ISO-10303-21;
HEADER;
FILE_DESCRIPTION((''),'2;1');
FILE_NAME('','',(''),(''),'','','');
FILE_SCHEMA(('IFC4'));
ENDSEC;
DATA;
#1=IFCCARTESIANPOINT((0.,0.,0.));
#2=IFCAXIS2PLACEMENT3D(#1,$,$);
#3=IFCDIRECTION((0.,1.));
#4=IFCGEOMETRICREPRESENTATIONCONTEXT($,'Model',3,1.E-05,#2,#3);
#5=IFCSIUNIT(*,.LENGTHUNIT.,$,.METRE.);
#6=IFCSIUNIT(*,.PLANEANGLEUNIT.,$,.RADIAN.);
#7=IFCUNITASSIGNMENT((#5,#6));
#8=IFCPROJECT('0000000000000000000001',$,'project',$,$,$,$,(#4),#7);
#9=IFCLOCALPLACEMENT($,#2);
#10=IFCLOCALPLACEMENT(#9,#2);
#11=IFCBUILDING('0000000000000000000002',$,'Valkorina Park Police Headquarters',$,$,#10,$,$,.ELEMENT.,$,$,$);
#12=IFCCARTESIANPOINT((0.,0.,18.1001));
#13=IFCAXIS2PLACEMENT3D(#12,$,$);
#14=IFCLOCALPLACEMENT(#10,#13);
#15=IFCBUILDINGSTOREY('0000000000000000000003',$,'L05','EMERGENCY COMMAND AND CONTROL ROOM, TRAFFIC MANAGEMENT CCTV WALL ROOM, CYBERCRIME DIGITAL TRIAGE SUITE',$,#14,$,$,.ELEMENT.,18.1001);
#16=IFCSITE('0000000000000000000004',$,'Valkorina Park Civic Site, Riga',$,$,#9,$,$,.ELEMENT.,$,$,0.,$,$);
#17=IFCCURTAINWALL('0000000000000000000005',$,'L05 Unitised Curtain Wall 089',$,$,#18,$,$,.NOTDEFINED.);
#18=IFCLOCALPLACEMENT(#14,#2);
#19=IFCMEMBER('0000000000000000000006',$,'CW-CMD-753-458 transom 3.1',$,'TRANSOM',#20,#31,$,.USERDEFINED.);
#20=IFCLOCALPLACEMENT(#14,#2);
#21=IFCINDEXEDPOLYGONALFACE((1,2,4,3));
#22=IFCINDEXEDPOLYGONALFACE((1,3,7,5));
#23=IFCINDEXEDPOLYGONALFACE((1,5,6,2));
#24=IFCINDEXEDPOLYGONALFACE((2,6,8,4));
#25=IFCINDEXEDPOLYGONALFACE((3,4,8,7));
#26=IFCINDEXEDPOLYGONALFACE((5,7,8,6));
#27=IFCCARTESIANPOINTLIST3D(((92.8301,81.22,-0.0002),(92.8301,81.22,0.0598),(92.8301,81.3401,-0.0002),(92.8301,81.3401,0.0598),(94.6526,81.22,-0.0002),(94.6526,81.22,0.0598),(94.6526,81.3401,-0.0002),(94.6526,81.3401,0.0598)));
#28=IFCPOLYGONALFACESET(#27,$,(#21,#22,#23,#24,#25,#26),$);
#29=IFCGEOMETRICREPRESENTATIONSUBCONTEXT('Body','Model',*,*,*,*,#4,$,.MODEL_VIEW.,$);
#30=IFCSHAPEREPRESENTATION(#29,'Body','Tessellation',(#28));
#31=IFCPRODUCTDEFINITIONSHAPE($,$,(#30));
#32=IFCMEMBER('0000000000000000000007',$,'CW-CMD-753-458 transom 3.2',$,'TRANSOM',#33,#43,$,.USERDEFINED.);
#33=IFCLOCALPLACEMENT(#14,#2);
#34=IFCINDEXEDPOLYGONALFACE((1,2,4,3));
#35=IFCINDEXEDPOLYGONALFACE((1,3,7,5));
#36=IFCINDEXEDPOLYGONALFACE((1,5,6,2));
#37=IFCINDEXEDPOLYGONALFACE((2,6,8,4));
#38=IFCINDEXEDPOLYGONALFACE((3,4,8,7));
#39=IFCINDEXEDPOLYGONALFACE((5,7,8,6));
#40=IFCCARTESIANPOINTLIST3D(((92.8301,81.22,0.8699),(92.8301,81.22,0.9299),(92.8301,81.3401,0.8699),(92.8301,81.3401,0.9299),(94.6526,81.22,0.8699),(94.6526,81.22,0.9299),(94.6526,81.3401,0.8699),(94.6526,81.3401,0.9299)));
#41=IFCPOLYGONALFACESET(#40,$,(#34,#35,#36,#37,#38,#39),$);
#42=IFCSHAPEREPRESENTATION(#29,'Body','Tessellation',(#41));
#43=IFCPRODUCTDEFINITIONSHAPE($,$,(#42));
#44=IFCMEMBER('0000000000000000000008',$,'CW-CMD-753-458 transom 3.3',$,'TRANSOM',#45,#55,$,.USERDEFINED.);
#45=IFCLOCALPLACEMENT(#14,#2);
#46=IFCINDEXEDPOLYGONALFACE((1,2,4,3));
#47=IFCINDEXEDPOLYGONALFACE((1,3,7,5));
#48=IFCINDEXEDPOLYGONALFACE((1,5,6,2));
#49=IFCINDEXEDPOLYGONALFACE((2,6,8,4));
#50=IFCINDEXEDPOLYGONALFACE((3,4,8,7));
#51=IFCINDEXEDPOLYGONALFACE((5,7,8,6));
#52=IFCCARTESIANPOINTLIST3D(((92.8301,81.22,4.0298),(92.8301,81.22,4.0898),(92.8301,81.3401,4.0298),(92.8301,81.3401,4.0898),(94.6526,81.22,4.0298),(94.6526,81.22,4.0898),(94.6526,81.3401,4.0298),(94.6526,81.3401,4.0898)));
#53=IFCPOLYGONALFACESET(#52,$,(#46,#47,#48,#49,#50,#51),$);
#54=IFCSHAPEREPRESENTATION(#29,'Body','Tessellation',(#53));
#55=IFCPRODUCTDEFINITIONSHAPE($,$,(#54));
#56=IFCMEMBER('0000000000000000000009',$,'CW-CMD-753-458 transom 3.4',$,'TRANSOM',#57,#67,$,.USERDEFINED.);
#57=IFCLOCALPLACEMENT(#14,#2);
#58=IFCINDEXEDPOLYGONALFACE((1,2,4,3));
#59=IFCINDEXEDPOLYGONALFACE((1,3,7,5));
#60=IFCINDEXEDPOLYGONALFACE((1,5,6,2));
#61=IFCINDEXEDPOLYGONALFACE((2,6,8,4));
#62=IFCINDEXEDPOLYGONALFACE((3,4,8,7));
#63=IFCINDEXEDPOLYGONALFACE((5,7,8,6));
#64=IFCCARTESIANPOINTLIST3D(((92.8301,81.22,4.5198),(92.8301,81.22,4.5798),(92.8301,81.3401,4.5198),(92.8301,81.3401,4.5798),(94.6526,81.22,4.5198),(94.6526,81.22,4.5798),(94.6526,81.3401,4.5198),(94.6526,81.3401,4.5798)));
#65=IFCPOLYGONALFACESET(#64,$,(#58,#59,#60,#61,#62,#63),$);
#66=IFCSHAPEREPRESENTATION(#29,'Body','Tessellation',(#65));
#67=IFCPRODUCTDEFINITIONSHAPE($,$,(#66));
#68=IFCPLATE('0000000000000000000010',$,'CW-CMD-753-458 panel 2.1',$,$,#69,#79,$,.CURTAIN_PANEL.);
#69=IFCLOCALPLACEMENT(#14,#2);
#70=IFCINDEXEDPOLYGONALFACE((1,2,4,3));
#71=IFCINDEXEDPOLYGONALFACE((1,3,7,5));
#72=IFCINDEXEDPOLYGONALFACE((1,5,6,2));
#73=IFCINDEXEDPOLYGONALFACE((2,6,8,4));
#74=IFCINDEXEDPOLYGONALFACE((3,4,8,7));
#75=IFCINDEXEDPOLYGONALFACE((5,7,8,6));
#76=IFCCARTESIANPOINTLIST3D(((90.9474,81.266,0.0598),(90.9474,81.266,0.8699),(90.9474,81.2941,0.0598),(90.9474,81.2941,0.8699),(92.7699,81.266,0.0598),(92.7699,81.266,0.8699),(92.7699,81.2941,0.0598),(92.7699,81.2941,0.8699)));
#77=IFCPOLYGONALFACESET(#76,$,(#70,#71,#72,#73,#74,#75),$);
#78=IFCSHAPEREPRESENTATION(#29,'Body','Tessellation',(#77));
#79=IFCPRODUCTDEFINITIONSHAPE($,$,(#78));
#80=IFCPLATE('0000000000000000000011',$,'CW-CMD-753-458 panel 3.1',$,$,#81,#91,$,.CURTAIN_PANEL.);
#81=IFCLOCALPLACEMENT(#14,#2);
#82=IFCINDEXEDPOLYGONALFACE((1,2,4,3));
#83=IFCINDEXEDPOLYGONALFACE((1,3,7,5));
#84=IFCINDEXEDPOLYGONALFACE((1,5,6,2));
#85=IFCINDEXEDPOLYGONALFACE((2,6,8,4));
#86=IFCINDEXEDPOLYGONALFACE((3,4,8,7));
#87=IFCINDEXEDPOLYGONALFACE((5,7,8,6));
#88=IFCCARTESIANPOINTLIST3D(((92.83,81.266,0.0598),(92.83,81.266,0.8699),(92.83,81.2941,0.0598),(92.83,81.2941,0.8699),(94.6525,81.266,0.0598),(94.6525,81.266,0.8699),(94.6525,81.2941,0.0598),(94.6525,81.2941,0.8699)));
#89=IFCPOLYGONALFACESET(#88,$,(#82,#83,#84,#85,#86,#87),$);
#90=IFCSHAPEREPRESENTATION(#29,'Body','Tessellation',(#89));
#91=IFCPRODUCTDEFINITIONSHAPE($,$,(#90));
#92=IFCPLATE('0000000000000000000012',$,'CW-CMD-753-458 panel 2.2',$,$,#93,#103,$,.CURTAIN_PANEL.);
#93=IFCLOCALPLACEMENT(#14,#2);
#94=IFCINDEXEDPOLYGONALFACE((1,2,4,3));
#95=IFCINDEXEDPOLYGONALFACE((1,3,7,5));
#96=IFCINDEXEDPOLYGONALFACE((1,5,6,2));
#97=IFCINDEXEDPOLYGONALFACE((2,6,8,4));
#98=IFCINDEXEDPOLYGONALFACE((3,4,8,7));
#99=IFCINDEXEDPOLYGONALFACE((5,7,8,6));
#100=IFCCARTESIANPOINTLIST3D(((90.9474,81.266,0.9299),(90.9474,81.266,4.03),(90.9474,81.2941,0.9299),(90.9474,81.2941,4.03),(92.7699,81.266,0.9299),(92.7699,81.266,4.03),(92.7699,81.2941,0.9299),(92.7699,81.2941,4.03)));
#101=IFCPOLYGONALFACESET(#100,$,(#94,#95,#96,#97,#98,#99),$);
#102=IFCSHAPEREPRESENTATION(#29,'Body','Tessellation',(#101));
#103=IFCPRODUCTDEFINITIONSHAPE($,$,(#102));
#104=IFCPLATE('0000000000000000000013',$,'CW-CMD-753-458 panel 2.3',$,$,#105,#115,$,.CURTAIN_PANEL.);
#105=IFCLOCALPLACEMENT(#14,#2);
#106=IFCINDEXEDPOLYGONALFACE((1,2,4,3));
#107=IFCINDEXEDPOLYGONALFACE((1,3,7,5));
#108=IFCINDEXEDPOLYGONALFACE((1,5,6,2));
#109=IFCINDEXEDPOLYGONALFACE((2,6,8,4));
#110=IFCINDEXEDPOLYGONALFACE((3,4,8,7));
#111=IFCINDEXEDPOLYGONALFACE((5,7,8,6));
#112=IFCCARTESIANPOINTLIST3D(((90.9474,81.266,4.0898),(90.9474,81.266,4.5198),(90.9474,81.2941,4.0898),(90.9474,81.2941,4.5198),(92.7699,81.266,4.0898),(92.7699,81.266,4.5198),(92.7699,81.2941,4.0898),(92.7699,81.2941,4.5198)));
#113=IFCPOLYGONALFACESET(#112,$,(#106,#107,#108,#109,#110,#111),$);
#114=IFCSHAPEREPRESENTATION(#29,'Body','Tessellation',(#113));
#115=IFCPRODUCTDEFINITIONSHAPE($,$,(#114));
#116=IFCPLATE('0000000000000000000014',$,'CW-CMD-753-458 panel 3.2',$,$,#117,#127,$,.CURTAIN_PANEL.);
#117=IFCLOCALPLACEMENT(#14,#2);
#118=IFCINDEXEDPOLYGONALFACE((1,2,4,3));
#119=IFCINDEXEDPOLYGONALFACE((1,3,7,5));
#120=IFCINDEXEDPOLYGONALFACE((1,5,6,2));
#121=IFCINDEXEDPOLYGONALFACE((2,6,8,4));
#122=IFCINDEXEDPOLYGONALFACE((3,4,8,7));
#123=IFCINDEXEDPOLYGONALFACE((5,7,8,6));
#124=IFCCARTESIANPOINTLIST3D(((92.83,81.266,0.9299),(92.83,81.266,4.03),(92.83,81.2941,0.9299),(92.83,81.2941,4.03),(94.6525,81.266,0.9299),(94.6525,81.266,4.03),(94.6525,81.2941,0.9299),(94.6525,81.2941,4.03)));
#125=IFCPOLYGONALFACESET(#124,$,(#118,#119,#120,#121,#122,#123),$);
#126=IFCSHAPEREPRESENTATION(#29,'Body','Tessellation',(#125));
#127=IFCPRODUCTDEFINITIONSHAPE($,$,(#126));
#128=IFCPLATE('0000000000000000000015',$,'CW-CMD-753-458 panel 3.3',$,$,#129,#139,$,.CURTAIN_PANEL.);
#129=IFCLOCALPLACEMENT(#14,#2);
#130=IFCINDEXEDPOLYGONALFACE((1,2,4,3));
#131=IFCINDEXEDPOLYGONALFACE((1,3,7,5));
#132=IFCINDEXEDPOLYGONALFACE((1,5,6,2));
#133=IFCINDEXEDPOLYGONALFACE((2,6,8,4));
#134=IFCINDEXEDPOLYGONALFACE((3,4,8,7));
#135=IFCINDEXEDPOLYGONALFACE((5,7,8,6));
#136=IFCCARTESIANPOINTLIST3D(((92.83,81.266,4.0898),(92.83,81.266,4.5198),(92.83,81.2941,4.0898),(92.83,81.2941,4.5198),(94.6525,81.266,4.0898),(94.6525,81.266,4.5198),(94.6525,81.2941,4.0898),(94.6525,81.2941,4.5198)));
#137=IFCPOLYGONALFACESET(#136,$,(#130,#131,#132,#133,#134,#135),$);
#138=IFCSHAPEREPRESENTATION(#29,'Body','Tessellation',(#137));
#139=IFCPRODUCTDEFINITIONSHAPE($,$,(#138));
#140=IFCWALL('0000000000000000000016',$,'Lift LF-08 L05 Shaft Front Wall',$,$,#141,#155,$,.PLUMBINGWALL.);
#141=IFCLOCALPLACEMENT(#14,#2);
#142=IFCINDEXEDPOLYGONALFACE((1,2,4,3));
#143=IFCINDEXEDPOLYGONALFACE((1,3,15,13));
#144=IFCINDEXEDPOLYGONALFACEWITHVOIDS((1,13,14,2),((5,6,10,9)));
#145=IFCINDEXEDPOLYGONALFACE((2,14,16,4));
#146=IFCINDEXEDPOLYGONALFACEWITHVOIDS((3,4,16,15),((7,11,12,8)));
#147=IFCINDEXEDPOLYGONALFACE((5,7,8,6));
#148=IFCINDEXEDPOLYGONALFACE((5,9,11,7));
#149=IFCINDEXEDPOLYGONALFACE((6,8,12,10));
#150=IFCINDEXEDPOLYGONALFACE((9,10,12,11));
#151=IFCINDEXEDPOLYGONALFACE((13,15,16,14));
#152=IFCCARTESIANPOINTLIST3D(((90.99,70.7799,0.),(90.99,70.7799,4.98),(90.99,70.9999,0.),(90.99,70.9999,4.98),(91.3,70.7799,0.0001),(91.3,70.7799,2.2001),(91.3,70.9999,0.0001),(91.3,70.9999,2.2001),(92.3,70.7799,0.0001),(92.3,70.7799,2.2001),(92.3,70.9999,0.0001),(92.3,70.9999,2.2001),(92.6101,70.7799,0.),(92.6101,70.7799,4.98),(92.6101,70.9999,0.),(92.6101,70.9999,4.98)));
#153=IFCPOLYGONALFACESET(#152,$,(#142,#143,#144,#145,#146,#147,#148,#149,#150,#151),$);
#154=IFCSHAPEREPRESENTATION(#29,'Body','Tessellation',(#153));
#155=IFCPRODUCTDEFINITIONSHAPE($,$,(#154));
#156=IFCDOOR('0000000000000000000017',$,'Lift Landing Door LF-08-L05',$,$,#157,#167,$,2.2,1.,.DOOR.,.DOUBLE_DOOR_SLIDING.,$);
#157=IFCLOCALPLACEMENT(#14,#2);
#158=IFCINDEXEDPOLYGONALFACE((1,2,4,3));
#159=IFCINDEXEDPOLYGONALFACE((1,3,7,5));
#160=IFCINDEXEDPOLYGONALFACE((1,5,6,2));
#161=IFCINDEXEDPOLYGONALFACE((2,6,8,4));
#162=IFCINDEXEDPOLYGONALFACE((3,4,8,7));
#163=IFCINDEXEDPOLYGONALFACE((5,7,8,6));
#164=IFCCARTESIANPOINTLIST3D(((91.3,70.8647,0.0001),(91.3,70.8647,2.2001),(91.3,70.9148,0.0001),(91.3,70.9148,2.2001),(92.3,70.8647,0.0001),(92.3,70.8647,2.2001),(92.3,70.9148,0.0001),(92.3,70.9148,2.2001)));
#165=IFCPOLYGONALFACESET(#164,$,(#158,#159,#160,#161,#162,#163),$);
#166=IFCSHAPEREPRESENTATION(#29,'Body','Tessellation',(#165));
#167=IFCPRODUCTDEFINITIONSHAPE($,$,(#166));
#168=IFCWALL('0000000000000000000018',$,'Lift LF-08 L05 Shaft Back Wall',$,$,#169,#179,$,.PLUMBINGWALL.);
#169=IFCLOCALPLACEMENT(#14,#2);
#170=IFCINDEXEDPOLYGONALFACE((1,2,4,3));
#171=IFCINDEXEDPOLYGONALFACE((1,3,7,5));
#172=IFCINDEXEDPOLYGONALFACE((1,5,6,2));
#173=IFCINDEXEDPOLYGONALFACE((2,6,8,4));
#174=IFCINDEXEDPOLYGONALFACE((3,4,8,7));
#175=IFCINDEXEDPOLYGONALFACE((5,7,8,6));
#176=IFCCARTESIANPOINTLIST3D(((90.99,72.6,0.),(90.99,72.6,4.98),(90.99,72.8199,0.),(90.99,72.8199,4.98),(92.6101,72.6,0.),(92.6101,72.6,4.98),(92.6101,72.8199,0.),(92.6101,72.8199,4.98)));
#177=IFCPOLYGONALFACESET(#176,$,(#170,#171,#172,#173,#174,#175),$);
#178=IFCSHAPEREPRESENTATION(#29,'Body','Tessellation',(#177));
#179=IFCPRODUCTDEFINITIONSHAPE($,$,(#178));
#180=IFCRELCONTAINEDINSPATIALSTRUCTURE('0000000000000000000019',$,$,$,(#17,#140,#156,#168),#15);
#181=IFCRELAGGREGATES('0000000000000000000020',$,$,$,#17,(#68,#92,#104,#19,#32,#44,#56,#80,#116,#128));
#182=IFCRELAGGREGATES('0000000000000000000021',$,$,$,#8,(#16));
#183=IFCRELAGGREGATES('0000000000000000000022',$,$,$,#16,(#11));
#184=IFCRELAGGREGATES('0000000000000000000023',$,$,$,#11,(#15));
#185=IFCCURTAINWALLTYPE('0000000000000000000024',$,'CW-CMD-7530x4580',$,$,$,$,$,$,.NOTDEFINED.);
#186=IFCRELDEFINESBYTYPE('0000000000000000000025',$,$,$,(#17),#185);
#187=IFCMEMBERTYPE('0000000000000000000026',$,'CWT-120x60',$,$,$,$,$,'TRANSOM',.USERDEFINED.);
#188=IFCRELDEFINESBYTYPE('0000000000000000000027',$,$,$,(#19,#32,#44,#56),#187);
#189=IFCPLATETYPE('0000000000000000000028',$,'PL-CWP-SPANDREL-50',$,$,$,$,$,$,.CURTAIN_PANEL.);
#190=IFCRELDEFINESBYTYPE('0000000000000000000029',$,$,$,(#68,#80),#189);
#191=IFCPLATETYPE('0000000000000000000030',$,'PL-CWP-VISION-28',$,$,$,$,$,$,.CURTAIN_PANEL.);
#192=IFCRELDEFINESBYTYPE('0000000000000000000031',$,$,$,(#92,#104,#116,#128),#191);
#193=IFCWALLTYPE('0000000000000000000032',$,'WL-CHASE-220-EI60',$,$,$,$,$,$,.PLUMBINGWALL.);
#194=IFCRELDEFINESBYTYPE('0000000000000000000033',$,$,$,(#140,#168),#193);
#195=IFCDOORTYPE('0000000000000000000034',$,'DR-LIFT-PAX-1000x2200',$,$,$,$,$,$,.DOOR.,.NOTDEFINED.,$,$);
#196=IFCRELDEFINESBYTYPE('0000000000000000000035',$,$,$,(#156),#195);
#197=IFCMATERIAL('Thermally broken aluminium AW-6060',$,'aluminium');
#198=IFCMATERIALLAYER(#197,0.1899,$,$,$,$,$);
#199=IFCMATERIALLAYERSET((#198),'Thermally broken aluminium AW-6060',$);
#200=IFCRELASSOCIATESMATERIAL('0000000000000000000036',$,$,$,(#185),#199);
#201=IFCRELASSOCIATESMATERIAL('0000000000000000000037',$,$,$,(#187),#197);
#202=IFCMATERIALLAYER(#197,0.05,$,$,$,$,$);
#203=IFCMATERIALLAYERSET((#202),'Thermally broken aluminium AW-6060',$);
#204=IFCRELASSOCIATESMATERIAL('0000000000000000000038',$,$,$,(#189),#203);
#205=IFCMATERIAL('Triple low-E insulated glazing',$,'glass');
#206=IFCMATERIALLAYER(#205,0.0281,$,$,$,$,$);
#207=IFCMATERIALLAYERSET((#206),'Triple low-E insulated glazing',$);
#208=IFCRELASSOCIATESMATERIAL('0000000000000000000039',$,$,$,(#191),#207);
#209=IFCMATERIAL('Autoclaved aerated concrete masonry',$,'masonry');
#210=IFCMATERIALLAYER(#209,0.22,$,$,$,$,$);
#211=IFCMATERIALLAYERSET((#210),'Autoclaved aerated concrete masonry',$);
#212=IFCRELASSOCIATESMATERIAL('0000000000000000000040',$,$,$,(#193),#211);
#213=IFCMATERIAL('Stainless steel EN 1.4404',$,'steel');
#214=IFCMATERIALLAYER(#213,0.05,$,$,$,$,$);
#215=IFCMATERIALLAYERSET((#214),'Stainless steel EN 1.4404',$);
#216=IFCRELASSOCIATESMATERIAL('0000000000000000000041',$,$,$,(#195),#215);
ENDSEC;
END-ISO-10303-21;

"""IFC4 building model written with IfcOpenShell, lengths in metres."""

from ifc_helpers import new_model, si_unit, direction, frame, frame_2d, origin, origin_2d, place, context, subcontext, project, spatial, rectangle, extrude, material, layer, layer_set, material_profile, profile_set, type_object, element, fill, aggregate, save


model = new_model("IFC4")

# Units and contexts
model_context = context("Model", 3, precision=1e-05, world=origin(), true_north=direction((0.0, 1.0)))
body_context = subcontext(model_context, "Body", "Model", "MODEL_VIEW")
ifc_project = project(units=[si_unit("LENGTHUNIT", "METRE"), si_unit("PLANEANGLEUNIT", "RADIAN")], contexts=[model_context])

# Site, building, storey
site_placement = place(None, origin())
site = spatial("IfcSite", under=ifc_project, at=site_placement, Name="Valkorina Park Civic Site, Riga", CompositionType="ELEMENT", RefElevation=0.0)
building_placement = place(site_placement, origin())
building = spatial("IfcBuilding", under=site, at=building_placement, Name="Valkorina Park Police Headquarters", CompositionType="ELEMENT")
storey_placement = place(building_placement, frame((0.0, 0.0, 18.1001)))
storey = spatial("IfcBuildingStorey", under=building, at=storey_placement, Name="L05", Description="EMERGENCY COMMAND AND CONTROL ROOM, TRAFFIC MANAGEMENT CCTV WALL ROOM, CYBERCRIME DIGITAL TRIAGE SUITE", CompositionType="ELEMENT", Elevation=18.1001)

# Curtain wall, members, plates
ifc_material_1 = material(Name="Thermally broken aluminium AW-6060", Category="aluminium")
ifc_layer_1 = layer(ifc_material_1, 0.1899)
ifc_layer_set_1 = layer_set([ifc_layer_1], Name="Thermally broken aluminium AW-6060")
curtain_wall_type = type_object("IfcCurtainWallType", Name="CW-CMD-7530x4580", PredefinedType="NOTDEFINED", material=ifc_layer_set_1)
curtain_wall_placement = place(storey_placement, origin())
curtain_wall = element("IfcCurtainWall", 1, at=curtain_wall_placement, inside=storey, type_object=curtain_wall_type, Name="L05 Unitised Curtain Wall 089", PredefinedType="NOTDEFINED")
ifc_material_profile_1 = material_profile(ifc_material_1, rectangle(XDim=0.1201, YDim=0.0601, at=origin_2d()), Name="CWT-01 120x60")
ifc_profile_set_1 = profile_set([ifc_material_profile_1], Name="Thermally broken aluminium AW-6060")
member_type_1 = type_object("IfcMemberType", Name="CWT-120x60", ElementType="TRANSOM", PredefinedType="USERDEFINED", material=ifc_profile_set_1)
member_1_placement = place(storey_placement, frame((92.8301, 81.28, 0.0298), z_axis=(1.0, 0.0, 0.0), x_axis=(0.0, 1.0, 0.0)))
member_1 = element("IfcMember", 2, at=member_1_placement, type_object=member_type_1, Name="CW-CMD-753-458 transom 3.1", ObjectType="TRANSOM", PredefinedType="USERDEFINED", context=body_context, shape_type="SweptSolid", body=[
    extrude(rectangle(XDim=0.1201, YDim=0.0601, at=origin_2d()), origin(), (0.0, 0.0, 1.0), 1.8225),
])
member_2_placement = place(storey_placement, frame((92.8301, 81.28, 0.8999), z_axis=(1.0, 0.0, 0.0), x_axis=(0.0, 1.0, 0.0)))
member_2 = element("IfcMember", 3, at=member_2_placement, type_object=member_type_1, Name="CW-CMD-753-458 transom 3.2", ObjectType="TRANSOM", PredefinedType="USERDEFINED", context=body_context, shape_type="SweptSolid", body=[
    extrude(rectangle(XDim=0.1201, YDim=0.0601, at=origin_2d()), origin(), (0.0, 0.0, 1.0), 1.8225),
])
member_3_placement = place(storey_placement, frame((92.8301, 81.28, 4.0598), z_axis=(1.0, 0.0, 0.0), x_axis=(0.0, 1.0, 0.0)))
member_3 = element("IfcMember", 4, at=member_3_placement, type_object=member_type_1, Name="CW-CMD-753-458 transom 3.3", ObjectType="TRANSOM", PredefinedType="USERDEFINED", context=body_context, shape_type="SweptSolid", body=[
    extrude(rectangle(XDim=0.1201, YDim=0.0601, at=origin_2d()), origin(), (0.0, 0.0, 1.0), 1.8225),
])
member_4_placement = place(storey_placement, frame((92.8301, 81.28, 4.5498), z_axis=(1.0, 0.0, 0.0), x_axis=(0.0, 1.0, 0.0)))
member_4 = element("IfcMember", 5, at=member_4_placement, type_object=member_type_1, Name="CW-CMD-753-458 transom 3.4", ObjectType="TRANSOM", PredefinedType="USERDEFINED", context=body_context, shape_type="SweptSolid", body=[
    extrude(rectangle(XDim=0.1201, YDim=0.0601, at=origin_2d()), origin(), (0.0, 0.0, 1.0), 1.8225),
])
ifc_layer_2 = layer(ifc_material_1, 0.05)
ifc_layer_set_2 = layer_set([ifc_layer_2], Name="Thermally broken aluminium AW-6060")
plate_type_1 = type_object("IfcPlateType", Name="PL-CWP-SPANDREL-50", PredefinedType="CURTAIN_PANEL", material=ifc_layer_set_2)
plate_1_placement = place(storey_placement, frame((91.8586, 81.28, 0.0598), z_axis=(0.0, 0.0, 1.0), x_axis=(1.0, 0.0, 0.0)))
plate_1 = element("IfcPlate", 6, at=plate_1_placement, type_object=plate_type_1, Name="CW-CMD-753-458 panel 2.1", PredefinedType="CURTAIN_PANEL", context=body_context, shape_type="SweptSolid", body=[
    extrude(rectangle(XDim=1.8225, YDim=0.0281, at=origin_2d()), origin(), (0.0, 0.0, 1.0), 0.8101),
])
plate_2_placement = place(storey_placement, frame((93.7412, 81.28, 0.0598), z_axis=(0.0, 0.0, 1.0), x_axis=(1.0, 0.0, 0.0)))
plate_2 = element("IfcPlate", 7, at=plate_2_placement, type_object=plate_type_1, Name="CW-CMD-753-458 panel 3.1", PredefinedType="CURTAIN_PANEL", context=body_context, shape_type="SweptSolid", body=[
    extrude(rectangle(XDim=1.8225, YDim=0.0281, at=origin_2d()), origin(), (0.0, 0.0, 1.0), 0.8101),
])
ifc_material_2 = material(Name="Triple low-E insulated glazing", Category="glass")
ifc_layer_3 = layer(ifc_material_2, 0.0281)
ifc_layer_set_3 = layer_set([ifc_layer_3], Name="Triple low-E insulated glazing")
plate_type_2 = type_object("IfcPlateType", Name="PL-CWP-VISION-28", PredefinedType="CURTAIN_PANEL", material=ifc_layer_set_3)
plate_3_placement = place(storey_placement, frame((91.8586, 81.28, 0.9299), z_axis=(0.0, 0.0, 1.0), x_axis=(1.0, 0.0, 0.0)))
plate_3 = element("IfcPlate", 8, at=plate_3_placement, type_object=plate_type_2, Name="CW-CMD-753-458 panel 2.2", PredefinedType="CURTAIN_PANEL", context=body_context, shape_type="SweptSolid", body=[
    extrude(rectangle(XDim=1.8225, YDim=0.0281, at=origin_2d()), origin(), (0.0, 0.0, 1.0), 3.1001),
])
plate_4_placement = place(storey_placement, frame((91.8586, 81.28, 4.0898), z_axis=(0.0, 0.0, 1.0), x_axis=(1.0, 0.0, 0.0)))
plate_4 = element("IfcPlate", 9, at=plate_4_placement, type_object=plate_type_2, Name="CW-CMD-753-458 panel 2.3", PredefinedType="CURTAIN_PANEL", context=body_context, shape_type="SweptSolid", body=[
    extrude(rectangle(XDim=1.8225, YDim=0.0281, at=origin_2d()), origin(), (0.0, 0.0, 1.0), 0.4299),
])
plate_5_placement = place(storey_placement, frame((93.7412, 81.28, 0.9299), z_axis=(0.0, 0.0, 1.0), x_axis=(1.0, 0.0, 0.0)))
plate_5 = element("IfcPlate", 10, at=plate_5_placement, type_object=plate_type_2, Name="CW-CMD-753-458 panel 3.2", PredefinedType="CURTAIN_PANEL", context=body_context, shape_type="SweptSolid", body=[
    extrude(rectangle(XDim=1.8225, YDim=0.0281, at=origin_2d()), origin(), (0.0, 0.0, 1.0), 3.1001),
])
plate_6_placement = place(storey_placement, frame((93.7412, 81.28, 4.0898), z_axis=(0.0, 0.0, 1.0), x_axis=(1.0, 0.0, 0.0)))
plate_6 = element("IfcPlate", 11, at=plate_6_placement, type_object=plate_type_2, Name="CW-CMD-753-458 panel 3.3", PredefinedType="CURTAIN_PANEL", context=body_context, shape_type="SweptSolid", body=[
    extrude(rectangle(XDim=1.8225, YDim=0.0281, at=origin_2d()), origin(), (0.0, 0.0, 1.0), 0.4299),
])
aggregate(curtain_wall, [plate_1, plate_3, plate_4, member_1, member_2, member_3, member_4, plate_2, plate_5, plate_6])

# Wall, opening, door
ifc_material_3 = material(Name="Autoclaved aerated concrete masonry", Category="masonry")
ifc_layer_4 = layer(ifc_material_3, 0.22)
ifc_layer_set_4 = layer_set([ifc_layer_4], Name="Autoclaved aerated concrete masonry")
wall_type_1 = type_object("IfcWallType", Name="WL-CHASE-220-EI60", PredefinedType="PLUMBINGWALL", material=ifc_layer_set_4)
wall_1_placement = place(storey_placement, frame((90.99, 70.8899, 0.0), z_axis=(0.0, 0.0, 1.0), x_axis=(1.0, 0.0, 0.0)))
wall_1 = element("IfcWall", 12, at=wall_1_placement, inside=storey, type_object=wall_type_1, Name="Lift LF-08 L05 Shaft Front Wall", PredefinedType="PLUMBINGWALL", context=body_context, shape_type="SweptSolid", body=[
    extrude(rectangle(XDim=1.6201, YDim=0.22, at=frame_2d((0.8101, 0.0))), origin(), (0.0, 0.0, 1.0), 4.98),
])
opening_1_placement = place(wall_1_placement, frame((0.3101, 0.0, 0.0)))
opening_1 = element("IfcOpeningElement", 13, at=opening_1_placement, cuts=wall_1, PredefinedType="OPENING", context=body_context, shape_type="SweptSolid", body=[
    extrude(rectangle(XDim=1.0, YDim=2.2, at=frame_2d((0.5, 1.1001))), frame((0.0, 0.1201, 0.0), z_axis=(0.0, -1.0, 0.0), x_axis=(1.0, 0.0, 0.0)), (0.0, 0.0, 1.0), 0.24),
])
ifc_material_4 = material(Name="Stainless steel EN 1.4404", Category="steel")
ifc_layer_5 = layer(ifc_material_4, 0.05)
ifc_layer_set_5 = layer_set([ifc_layer_5], Name="Stainless steel EN 1.4404")
door_type_1 = type_object("IfcDoorType", Name="DR-LIFT-PAX-1000x2200", OperationType="NOTDEFINED", PredefinedType="DOOR", material=ifc_layer_set_5)
door_1_placement = place(opening_1_placement, origin())
door_1 = element("IfcDoor", 14, at=door_1_placement, inside=storey, type_object=door_type_1, Name="Lift Landing Door LF-08-L05", OperationType="DOUBLE_DOOR_SLIDING", OverallHeight=2.2, OverallWidth=1.0, PredefinedType="DOOR", context=body_context, shape_type="SweptSolid", body=[
    extrude(rectangle(XDim=1.0, YDim=2.2, at=frame_2d((0.5, 1.1001))), frame((0.0, 0.0249, 0.0), z_axis=(0.0, -1.0, 0.0), x_axis=(1.0, 0.0, 0.0)), (0.0, 0.0, 1.0), 0.05),
])
fill(opening_1, door_1)

# Wall
wall_2_placement = place(storey_placement, frame((90.99, 72.71, 0.0), z_axis=(0.0, 0.0, 1.0), x_axis=(1.0, 0.0, 0.0)))
element("IfcWall", 15, at=wall_2_placement, inside=storey, type_object=wall_type_1, Name="Lift LF-08 L05 Shaft Back Wall", PredefinedType="PLUMBINGWALL", context=body_context, shape_type="SweptSolid", body=[
    extrude(rectangle(XDim=1.6201, YDim=0.22, at=frame_2d((0.8101, 0.0))), origin(), (0.0, 0.0, 1.0), 4.98),
])

save(model, "model.ifc")
